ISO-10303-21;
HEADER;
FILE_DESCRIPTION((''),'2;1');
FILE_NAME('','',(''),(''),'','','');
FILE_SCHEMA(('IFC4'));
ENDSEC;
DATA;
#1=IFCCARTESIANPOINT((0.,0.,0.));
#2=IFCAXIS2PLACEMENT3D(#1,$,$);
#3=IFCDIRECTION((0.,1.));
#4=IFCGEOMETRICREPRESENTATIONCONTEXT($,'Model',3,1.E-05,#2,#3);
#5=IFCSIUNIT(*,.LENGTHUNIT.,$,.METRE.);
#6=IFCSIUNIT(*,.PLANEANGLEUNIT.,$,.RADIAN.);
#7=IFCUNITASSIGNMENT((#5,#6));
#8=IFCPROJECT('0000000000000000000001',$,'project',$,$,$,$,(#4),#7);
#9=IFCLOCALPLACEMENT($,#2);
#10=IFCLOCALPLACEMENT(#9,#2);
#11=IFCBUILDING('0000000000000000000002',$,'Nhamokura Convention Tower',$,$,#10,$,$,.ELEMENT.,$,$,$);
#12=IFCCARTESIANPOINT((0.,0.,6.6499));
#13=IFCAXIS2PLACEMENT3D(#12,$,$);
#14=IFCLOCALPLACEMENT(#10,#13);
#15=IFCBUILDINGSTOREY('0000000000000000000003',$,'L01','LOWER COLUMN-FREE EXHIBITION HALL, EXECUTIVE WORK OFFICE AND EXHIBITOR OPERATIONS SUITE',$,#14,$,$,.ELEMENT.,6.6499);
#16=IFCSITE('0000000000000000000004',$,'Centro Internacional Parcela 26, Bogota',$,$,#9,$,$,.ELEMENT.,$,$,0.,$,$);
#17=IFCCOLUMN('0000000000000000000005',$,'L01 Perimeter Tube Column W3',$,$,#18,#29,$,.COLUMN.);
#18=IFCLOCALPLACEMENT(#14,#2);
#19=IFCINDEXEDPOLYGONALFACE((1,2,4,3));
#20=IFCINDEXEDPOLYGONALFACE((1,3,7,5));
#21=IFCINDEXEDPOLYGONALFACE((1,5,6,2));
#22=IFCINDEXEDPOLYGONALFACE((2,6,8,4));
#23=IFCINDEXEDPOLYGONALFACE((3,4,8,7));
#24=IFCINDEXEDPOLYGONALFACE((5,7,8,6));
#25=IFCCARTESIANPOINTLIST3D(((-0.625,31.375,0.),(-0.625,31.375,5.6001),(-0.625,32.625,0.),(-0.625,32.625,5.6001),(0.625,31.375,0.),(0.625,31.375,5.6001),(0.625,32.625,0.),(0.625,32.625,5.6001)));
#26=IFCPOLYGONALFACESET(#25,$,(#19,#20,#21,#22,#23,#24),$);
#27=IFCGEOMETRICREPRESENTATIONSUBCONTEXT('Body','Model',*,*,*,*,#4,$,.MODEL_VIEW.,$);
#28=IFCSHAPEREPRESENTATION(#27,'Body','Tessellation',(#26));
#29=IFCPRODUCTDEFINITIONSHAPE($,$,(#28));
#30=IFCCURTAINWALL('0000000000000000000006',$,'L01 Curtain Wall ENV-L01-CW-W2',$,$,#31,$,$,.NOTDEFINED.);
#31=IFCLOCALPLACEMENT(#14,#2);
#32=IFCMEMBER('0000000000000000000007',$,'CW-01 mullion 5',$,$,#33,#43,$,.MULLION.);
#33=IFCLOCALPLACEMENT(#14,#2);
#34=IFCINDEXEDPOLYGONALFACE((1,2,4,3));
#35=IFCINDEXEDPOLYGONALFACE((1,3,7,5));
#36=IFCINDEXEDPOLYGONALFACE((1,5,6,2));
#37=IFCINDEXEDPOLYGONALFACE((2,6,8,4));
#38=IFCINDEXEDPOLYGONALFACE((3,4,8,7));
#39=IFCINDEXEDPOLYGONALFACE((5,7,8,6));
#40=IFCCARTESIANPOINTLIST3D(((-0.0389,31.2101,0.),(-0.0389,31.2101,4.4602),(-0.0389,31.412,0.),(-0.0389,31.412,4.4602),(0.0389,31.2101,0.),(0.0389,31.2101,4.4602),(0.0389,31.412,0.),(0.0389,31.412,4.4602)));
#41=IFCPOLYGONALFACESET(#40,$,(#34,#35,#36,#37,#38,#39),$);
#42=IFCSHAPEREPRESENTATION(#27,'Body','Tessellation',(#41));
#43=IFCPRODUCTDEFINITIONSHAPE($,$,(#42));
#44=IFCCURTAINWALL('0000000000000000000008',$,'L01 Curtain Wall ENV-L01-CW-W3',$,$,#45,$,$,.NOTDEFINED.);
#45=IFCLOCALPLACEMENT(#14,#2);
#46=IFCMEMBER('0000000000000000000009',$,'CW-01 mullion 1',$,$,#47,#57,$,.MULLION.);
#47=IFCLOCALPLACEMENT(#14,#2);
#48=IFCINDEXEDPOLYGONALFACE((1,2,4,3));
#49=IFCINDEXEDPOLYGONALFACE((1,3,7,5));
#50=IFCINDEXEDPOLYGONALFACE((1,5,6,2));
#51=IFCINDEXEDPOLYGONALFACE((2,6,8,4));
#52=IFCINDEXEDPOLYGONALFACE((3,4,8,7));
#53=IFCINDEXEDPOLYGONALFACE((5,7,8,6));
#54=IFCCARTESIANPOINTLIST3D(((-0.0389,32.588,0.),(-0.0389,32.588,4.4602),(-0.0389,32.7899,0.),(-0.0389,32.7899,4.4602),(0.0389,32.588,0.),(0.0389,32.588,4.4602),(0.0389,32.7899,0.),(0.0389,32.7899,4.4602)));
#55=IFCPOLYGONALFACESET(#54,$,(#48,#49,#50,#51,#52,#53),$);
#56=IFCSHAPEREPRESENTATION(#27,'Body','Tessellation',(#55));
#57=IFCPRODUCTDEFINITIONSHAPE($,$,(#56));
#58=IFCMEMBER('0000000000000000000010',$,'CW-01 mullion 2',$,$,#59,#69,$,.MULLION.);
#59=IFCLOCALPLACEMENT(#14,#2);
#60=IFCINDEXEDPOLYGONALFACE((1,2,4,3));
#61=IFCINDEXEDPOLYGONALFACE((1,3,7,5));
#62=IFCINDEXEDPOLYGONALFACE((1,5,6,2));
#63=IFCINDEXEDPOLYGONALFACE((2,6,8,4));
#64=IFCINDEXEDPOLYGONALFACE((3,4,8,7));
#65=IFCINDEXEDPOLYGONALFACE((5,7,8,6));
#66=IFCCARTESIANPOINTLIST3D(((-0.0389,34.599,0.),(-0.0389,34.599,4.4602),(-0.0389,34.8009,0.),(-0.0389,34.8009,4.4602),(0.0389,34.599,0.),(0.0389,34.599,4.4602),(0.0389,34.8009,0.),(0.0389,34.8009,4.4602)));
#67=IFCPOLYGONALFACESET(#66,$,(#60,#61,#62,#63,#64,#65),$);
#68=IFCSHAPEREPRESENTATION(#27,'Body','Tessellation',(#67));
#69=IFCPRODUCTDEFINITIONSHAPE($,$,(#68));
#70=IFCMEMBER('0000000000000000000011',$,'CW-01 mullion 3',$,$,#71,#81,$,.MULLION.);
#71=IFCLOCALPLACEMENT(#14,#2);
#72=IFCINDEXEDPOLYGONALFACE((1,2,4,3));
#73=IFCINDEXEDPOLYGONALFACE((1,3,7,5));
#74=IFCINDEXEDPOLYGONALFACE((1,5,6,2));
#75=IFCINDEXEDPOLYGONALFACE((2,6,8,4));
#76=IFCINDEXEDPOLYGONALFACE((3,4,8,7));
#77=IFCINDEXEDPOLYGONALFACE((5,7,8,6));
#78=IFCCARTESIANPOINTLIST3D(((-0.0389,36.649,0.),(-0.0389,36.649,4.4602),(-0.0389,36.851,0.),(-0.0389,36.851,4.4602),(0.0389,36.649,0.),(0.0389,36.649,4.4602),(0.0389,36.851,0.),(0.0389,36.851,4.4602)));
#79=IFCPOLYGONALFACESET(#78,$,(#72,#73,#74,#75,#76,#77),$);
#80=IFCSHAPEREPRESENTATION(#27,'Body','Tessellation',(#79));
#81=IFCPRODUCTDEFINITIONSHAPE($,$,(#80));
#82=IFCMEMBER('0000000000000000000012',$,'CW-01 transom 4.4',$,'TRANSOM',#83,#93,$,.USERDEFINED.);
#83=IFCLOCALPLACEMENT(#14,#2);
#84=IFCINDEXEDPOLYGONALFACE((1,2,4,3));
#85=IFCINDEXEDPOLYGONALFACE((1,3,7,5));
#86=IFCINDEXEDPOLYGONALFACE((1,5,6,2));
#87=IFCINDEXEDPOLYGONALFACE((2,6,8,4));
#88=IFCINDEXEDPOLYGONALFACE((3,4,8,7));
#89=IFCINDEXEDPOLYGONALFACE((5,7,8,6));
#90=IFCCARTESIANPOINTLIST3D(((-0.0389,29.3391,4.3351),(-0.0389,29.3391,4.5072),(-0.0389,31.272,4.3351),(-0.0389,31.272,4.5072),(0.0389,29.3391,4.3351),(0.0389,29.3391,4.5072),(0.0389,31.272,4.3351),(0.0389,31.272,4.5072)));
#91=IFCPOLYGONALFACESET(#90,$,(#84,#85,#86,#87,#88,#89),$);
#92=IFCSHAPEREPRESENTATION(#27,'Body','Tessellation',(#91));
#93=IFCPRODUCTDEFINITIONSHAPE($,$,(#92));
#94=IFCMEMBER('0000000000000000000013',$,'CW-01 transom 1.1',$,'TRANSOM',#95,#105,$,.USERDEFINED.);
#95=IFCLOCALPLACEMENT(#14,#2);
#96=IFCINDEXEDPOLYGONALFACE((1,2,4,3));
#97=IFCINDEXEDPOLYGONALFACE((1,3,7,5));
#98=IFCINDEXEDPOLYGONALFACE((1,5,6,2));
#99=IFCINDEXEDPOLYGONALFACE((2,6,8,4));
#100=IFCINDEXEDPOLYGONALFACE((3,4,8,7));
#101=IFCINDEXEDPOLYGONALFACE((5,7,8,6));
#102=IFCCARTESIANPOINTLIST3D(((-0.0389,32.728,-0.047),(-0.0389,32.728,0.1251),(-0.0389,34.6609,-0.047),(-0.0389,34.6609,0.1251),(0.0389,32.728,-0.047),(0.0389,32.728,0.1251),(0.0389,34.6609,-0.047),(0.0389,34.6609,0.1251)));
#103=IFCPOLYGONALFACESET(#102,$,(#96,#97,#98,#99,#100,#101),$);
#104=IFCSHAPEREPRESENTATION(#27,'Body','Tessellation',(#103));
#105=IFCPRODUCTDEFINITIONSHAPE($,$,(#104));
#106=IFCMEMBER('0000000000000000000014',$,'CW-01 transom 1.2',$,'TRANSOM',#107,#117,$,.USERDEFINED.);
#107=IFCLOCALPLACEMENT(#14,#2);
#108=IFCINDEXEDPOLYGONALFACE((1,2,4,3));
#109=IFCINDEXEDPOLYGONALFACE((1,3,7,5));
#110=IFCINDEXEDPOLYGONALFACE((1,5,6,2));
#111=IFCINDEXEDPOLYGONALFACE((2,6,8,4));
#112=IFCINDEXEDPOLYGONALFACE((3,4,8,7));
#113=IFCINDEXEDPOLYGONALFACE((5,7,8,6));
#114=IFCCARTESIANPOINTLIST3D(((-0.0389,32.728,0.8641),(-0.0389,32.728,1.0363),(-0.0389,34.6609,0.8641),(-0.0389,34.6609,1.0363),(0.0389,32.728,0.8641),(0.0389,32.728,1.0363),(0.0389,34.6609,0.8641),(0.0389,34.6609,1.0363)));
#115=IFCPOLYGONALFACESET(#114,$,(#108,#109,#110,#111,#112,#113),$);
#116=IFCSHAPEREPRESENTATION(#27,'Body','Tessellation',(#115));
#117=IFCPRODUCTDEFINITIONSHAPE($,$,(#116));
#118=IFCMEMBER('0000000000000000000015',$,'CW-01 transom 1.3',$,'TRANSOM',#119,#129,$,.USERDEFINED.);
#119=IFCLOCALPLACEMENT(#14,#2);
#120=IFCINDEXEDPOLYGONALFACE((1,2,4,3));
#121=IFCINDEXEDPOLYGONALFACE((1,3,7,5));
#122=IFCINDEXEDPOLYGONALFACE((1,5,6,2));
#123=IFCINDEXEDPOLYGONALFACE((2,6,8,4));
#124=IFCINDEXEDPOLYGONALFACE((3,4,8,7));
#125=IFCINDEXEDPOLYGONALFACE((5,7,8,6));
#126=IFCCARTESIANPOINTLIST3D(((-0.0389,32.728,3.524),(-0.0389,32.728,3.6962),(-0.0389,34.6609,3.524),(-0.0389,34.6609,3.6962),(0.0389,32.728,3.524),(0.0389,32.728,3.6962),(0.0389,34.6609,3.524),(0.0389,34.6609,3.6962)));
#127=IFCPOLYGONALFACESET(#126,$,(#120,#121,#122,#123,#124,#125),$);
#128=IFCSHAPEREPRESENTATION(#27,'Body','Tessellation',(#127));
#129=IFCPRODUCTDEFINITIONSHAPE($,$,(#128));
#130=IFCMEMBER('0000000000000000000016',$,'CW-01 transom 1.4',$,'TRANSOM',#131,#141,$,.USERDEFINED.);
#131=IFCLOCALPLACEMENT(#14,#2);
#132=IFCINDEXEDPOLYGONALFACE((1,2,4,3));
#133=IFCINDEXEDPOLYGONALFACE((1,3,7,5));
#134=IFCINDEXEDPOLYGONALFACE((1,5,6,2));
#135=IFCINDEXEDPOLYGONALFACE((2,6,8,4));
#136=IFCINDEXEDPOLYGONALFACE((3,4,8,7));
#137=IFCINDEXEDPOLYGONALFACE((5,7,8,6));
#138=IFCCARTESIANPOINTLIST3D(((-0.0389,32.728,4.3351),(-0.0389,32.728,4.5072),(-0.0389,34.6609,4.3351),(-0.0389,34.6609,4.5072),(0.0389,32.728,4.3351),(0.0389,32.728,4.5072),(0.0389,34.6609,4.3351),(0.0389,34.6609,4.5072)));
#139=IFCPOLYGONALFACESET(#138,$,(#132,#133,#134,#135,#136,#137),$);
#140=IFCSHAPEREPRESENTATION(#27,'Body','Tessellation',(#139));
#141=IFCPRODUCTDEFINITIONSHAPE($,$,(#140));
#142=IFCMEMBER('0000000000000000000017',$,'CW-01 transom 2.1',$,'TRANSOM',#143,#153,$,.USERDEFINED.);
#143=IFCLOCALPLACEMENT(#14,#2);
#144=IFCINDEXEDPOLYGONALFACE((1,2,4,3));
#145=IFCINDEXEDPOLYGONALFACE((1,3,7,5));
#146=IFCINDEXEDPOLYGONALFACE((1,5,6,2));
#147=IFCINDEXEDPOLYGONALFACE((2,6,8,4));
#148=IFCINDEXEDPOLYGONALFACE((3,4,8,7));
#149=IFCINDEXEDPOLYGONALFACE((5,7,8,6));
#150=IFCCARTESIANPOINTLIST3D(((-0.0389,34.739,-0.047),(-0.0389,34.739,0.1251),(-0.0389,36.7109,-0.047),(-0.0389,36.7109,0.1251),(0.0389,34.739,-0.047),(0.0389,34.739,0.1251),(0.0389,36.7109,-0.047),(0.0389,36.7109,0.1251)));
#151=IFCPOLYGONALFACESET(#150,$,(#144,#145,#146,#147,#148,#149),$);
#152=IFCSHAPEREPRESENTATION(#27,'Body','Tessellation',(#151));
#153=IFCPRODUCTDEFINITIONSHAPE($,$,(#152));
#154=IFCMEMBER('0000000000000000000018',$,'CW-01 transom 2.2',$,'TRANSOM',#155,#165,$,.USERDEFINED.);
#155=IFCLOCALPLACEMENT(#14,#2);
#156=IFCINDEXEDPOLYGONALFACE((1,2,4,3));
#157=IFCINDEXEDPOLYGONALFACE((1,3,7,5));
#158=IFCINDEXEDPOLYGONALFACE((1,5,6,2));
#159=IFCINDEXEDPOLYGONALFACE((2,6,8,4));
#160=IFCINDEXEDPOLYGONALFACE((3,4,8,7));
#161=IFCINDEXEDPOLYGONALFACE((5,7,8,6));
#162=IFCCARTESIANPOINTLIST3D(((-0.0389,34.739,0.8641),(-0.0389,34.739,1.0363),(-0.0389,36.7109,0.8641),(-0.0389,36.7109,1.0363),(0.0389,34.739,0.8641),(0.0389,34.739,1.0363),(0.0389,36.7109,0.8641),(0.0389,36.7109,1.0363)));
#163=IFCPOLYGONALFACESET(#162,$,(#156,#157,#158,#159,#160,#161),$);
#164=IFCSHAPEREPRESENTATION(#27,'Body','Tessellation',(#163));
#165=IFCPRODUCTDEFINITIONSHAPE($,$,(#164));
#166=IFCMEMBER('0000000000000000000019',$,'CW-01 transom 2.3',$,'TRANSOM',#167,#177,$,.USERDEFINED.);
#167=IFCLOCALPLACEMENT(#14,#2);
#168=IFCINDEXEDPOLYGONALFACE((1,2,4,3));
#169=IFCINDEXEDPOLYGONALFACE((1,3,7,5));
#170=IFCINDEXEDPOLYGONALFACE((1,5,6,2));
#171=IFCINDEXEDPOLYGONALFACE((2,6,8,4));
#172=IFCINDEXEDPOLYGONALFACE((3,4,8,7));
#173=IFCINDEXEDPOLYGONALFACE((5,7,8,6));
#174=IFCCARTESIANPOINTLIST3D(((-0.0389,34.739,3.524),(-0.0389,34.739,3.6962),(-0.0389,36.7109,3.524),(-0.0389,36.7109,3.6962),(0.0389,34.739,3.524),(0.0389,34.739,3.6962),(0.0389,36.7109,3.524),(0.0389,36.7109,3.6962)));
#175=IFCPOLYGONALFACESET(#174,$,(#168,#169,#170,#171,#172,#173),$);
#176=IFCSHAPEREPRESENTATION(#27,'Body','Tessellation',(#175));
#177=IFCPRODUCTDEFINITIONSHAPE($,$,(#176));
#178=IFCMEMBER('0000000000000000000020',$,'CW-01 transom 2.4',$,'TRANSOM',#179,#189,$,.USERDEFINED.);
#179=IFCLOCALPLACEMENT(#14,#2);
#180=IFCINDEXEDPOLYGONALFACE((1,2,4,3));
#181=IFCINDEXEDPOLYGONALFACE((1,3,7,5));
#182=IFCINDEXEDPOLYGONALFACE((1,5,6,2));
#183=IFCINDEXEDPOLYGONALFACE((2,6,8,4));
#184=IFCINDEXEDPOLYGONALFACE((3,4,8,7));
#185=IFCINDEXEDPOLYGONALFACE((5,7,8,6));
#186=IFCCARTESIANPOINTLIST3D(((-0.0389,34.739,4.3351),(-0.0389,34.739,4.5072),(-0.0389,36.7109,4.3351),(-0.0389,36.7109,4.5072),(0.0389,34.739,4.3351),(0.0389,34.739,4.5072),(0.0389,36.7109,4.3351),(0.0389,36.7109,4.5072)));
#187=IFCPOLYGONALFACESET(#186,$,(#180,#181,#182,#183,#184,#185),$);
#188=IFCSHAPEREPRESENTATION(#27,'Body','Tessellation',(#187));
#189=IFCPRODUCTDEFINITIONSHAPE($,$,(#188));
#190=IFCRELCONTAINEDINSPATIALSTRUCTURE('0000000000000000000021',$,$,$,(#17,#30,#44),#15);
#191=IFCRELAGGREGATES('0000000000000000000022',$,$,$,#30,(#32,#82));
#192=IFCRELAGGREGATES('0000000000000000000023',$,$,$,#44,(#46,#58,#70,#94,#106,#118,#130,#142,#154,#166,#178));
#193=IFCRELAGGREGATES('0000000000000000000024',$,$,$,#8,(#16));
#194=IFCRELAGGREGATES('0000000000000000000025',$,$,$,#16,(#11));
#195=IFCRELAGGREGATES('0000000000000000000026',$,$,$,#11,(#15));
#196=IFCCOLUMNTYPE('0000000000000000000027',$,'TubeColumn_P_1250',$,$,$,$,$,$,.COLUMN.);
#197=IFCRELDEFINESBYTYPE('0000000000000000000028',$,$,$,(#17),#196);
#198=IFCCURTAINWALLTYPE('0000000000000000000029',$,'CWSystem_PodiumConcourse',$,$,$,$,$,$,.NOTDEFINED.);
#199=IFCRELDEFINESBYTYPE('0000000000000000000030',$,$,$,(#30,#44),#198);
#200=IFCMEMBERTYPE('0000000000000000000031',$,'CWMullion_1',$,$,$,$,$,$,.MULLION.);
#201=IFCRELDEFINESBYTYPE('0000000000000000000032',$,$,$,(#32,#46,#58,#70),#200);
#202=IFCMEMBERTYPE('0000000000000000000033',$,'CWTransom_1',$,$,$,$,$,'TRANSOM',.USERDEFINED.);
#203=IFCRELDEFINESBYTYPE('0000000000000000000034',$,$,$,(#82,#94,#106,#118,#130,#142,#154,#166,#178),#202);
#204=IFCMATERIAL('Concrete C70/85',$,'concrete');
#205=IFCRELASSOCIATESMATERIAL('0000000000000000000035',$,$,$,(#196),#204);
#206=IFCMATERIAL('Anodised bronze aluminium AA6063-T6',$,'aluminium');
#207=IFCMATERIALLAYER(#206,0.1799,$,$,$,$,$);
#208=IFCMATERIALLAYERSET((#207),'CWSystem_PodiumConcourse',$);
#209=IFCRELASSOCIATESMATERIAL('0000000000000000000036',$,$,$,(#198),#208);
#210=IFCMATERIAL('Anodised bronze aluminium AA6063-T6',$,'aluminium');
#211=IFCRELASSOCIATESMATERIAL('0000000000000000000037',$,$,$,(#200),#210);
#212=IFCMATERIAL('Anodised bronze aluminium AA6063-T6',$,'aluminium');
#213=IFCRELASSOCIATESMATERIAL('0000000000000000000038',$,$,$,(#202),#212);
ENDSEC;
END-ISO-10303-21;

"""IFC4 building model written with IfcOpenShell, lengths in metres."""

from ifc_helpers import new_model, si_unit, direction, frame, origin, origin_2d, place, context, subcontext, project, spatial, rectangle, extrude, material, layer, layer_set, material_profile, profile_set, type_object, element, aggregate, save


model = new_model("IFC4")

# Units and contexts
model_context = context("Model", 3, precision=1e-05, world=origin(), true_north=direction((0.0, 1.0)))
body_context = subcontext(model_context, "Body", "Model", "MODEL_VIEW")
ifc_project = project(units=[si_unit("LENGTHUNIT", "METRE"), si_unit("PLANEANGLEUNIT", "RADIAN")], contexts=[model_context])

# Site, building, storey
site_placement = place(None, origin())
site = spatial("IfcSite", under=ifc_project, at=site_placement, Name="Centro Internacional Parcela 26, Bogota", CompositionType="ELEMENT", RefElevation=0.0)
building_placement = place(site_placement, origin())
building = spatial("IfcBuilding", under=site, at=building_placement, Name="Nhamokura Convention Tower", CompositionType="ELEMENT")
storey_placement = place(building_placement, frame((0.0, 0.0, 6.6499)))
storey = spatial("IfcBuildingStorey", under=building, at=storey_placement, Name="L01", Description="LOWER COLUMN-FREE EXHIBITION HALL, EXECUTIVE WORK OFFICE AND EXHIBITOR OPERATIONS SUITE", CompositionType="ELEMENT", Elevation=6.6499)

# Column
ifc_material_1 = material(Name="Concrete C70/85", Category="concrete")
ifc_material_profile_1 = material_profile(ifc_material_1, rectangle(XDim=1.25, YDim=1.25, at=origin_2d()))
ifc_profile_set_1 = profile_set([ifc_material_profile_1], Name="Concrete C70/85")
column_type = type_object("IfcColumnType", Name="TubeColumn_P_1250", PredefinedType="COLUMN", material=ifc_profile_set_1)
column_placement = place(storey_placement, frame((0.0, 32.0, 0.0), z_axis=(0.0, 0.0, 1.0), x_axis=(1.0, 0.0, 0.0)))
element("IfcColumn", 1, at=column_placement, inside=storey, type_object=column_type, Name="L01 Perimeter Tube Column W3", PredefinedType="COLUMN", context=body_context, shape_type="SweptSolid", body=[
    extrude(rectangle(XDim=1.25, YDim=1.25, at=origin_2d()), origin(), (0.0, 0.0, 1.0), 5.6001),
])

# Curtain wall, member
ifc_material_2 = material(Name="Anodised bronze aluminium AA6063-T6", Category="aluminium")
ifc_layer_1 = layer(ifc_material_2, 0.1799)
ifc_layer_set_1 = layer_set([ifc_layer_1], Name="CWSystem_PodiumConcourse")
curtain_wall_type = type_object("IfcCurtainWallType", Name="CWSystem_PodiumConcourse", PredefinedType="NOTDEFINED", material=ifc_layer_set_1)
curtain_wall_1_placement = place(storey_placement, origin())
curtain_wall_1 = element("IfcCurtainWall", 2, at=curtain_wall_1_placement, inside=storey, type_object=curtain_wall_type, Name="L01 Curtain Wall ENV-L01-CW-W2", PredefinedType="NOTDEFINED")
ifc_material_3 = material(Name="Anodised bronze aluminium AA6063-T6", Category="aluminium")
ifc_material_profile_2 = material_profile(ifc_material_3, rectangle(XDim=0.0779, YDim=0.2019, at=origin_2d()))
ifc_profile_set_2 = profile_set([ifc_material_profile_2], Name="Anodised bronze aluminium AA6063-T6")
member_type_1 = type_object("IfcMemberType", Name="CWMullion_1", PredefinedType="MULLION", material=ifc_profile_set_2)
member_1_placement = place(storey_placement, frame((0.0, 31.311, 0.0), z_axis=(0.0, 0.0, 1.0), x_axis=(-1.0, 0.0, 0.0)))
member_1 = element("IfcMember", 3, at=member_1_placement, type_object=member_type_1, Name="CW-01 mullion 5", PredefinedType="MULLION", context=body_context, shape_type="SweptSolid", body=[
    extrude(rectangle(XDim=0.0779, YDim=0.2019, at=origin_2d()), origin(), (0.0, 0.0, 1.0), 4.4602),
])

# Curtain wall, members
curtain_wall_2_placement = place(storey_placement, origin())
curtain_wall_2 = element("IfcCurtainWall", 4, at=curtain_wall_2_placement, inside=storey, type_object=curtain_wall_type, Name="L01 Curtain Wall ENV-L01-CW-W3", PredefinedType="NOTDEFINED")
member_2_placement = place(storey_placement, frame((0.0, 32.689, 0.0), z_axis=(0.0, 0.0, 1.0), x_axis=(-1.0, 0.0, 0.0)))
member_2 = element("IfcMember", 5, at=member_2_placement, type_object=member_type_1, Name="CW-01 mullion 1", PredefinedType="MULLION", context=body_context, shape_type="SweptSolid", body=[
    extrude(rectangle(XDim=0.0779, YDim=0.2019, at=origin_2d()), origin(), (0.0, 0.0, 1.0), 4.4602),
])
member_3_placement = place(storey_placement, frame((0.0, 34.7, 0.0), z_axis=(0.0, 0.0, 1.0), x_axis=(-1.0, 0.0, 0.0)))
member_3 = element("IfcMember", 6, at=member_3_placement, type_object=member_type_1, Name="CW-01 mullion 2", PredefinedType="MULLION", context=body_context, shape_type="SweptSolid", body=[
    extrude(rectangle(XDim=0.0779, YDim=0.2019, at=origin_2d()), origin(), (0.0, 0.0, 1.0), 4.4602),
])
member_4_placement = place(storey_placement, frame((0.0, 36.75, 0.0), z_axis=(0.0, 0.0, 1.0), x_axis=(-1.0, 0.0, 0.0)))
member_4 = element("IfcMember", 7, at=member_4_placement, type_object=member_type_1, Name="CW-01 mullion 3", PredefinedType="MULLION", context=body_context, shape_type="SweptSolid", body=[
    extrude(rectangle(XDim=0.0779, YDim=0.2019, at=origin_2d()), origin(), (0.0, 0.0, 1.0), 4.4602),
])

# Members
ifc_material_4 = material(Name="Anodised bronze aluminium AA6063-T6", Category="aluminium")
ifc_material_profile_3 = material_profile(ifc_material_4, rectangle(XDim=0.0779, YDim=0.1721, at=origin_2d()))
ifc_profile_set_3 = profile_set([ifc_material_profile_3], Name="Anodised bronze aluminium AA6063-T6")
member_type_2 = type_object("IfcMemberType", Name="CWTransom_1", ElementType="TRANSOM", PredefinedType="USERDEFINED", material=ifc_profile_set_3)
member_5_placement = place(storey_placement, frame((0.0, 29.3391, 4.4211), z_axis=(0.0, 1.0, 0.0), x_axis=(-1.0, 0.0, 0.0)))
member_5 = element("IfcMember", 8, at=member_5_placement, type_object=member_type_2, Name="CW-01 transom 4.4", ObjectType="TRANSOM", PredefinedType="USERDEFINED", context=body_context, shape_type="SweptSolid", body=[
    extrude(rectangle(XDim=0.0779, YDim=0.1721, at=origin_2d()), origin(), (0.0, 0.0, 1.0), 1.9329),
])
member_6_placement = place(storey_placement, frame((0.0, 32.728, 0.0391), z_axis=(0.0, 1.0, 0.0), x_axis=(-1.0, 0.0, 0.0)))
member_6 = element("IfcMember", 9, at=member_6_placement, type_object=member_type_2, Name="CW-01 transom 1.1", ObjectType="TRANSOM", PredefinedType="USERDEFINED", context=body_context, shape_type="SweptSolid", body=[
    extrude(rectangle(XDim=0.0779, YDim=0.1721, at=origin_2d()), origin(), (0.0, 0.0, 1.0), 1.9329),
])
member_7_placement = place(storey_placement, frame((0.0, 32.728, 0.9502), z_axis=(0.0, 1.0, 0.0), x_axis=(-1.0, 0.0, 0.0)))
member_7 = element("IfcMember", 10, at=member_7_placement, type_object=member_type_2, Name="CW-01 transom 1.2", ObjectType="TRANSOM", PredefinedType="USERDEFINED", context=body_context, shape_type="SweptSolid", body=[
    extrude(rectangle(XDim=0.0779, YDim=0.1721, at=origin_2d()), origin(), (0.0, 0.0, 1.0), 1.9329),
])
member_8_placement = place(storey_placement, frame((0.0, 32.728, 3.6101), z_axis=(0.0, 1.0, 0.0), x_axis=(-1.0, 0.0, 0.0)))
member_8 = element("IfcMember", 11, at=member_8_placement, type_object=member_type_2, Name="CW-01 transom 1.3", ObjectType="TRANSOM", PredefinedType="USERDEFINED", context=body_context, shape_type="SweptSolid", body=[
    extrude(rectangle(XDim=0.0779, YDim=0.1721, at=origin_2d()), origin(), (0.0, 0.0, 1.0), 1.9329),
])
member_9_placement = place(storey_placement, frame((0.0, 32.728, 4.4211), z_axis=(0.0, 1.0, 0.0), x_axis=(-1.0, 0.0, 0.0)))
member_9 = element("IfcMember", 12, at=member_9_placement, type_object=member_type_2, Name="CW-01 transom 1.4", ObjectType="TRANSOM", PredefinedType="USERDEFINED", context=body_context, shape_type="SweptSolid", body=[
    extrude(rectangle(XDim=0.0779, YDim=0.1721, at=origin_2d()), origin(), (0.0, 0.0, 1.0), 1.9329),
])
member_10_placement = place(storey_placement, frame((0.0, 34.739, 0.0391), z_axis=(0.0, 1.0, 0.0), x_axis=(-1.0, 0.0, 0.0)))
member_10 = element("IfcMember", 13, at=member_10_placement, type_object=member_type_2, Name="CW-01 transom 2.1", ObjectType="TRANSOM", PredefinedType="USERDEFINED", context=body_context, shape_type="SweptSolid", body=[
    extrude(rectangle(XDim=0.0779, YDim=0.1721, at=origin_2d()), origin(), (0.0, 0.0, 1.0), 1.9719),
])
member_11_placement = place(storey_placement, frame((0.0, 34.739, 0.9502), z_axis=(0.0, 1.0, 0.0), x_axis=(-1.0, 0.0, 0.0)))
member_11 = element("IfcMember", 14, at=member_11_placement, type_object=member_type_2, Name="CW-01 transom 2.2", ObjectType="TRANSOM", PredefinedType="USERDEFINED", context=body_context, shape_type="SweptSolid", body=[
    extrude(rectangle(XDim=0.0779, YDim=0.1721, at=origin_2d()), origin(), (0.0, 0.0, 1.0), 1.9719),
])
member_12_placement = place(storey_placement, frame((0.0, 34.739, 3.6101), z_axis=(0.0, 1.0, 0.0), x_axis=(-1.0, 0.0, 0.0)))
member_12 = element("IfcMember", 15, at=member_12_placement, type_object=member_type_2, Name="CW-01 transom 2.3", ObjectType="TRANSOM", PredefinedType="USERDEFINED", context=body_context, shape_type="SweptSolid", body=[
    extrude(rectangle(XDim=0.0779, YDim=0.1721, at=origin_2d()), origin(), (0.0, 0.0, 1.0), 1.9719),
])
member_13_placement = place(storey_placement, frame((0.0, 34.739, 4.4211), z_axis=(0.0, 1.0, 0.0), x_axis=(-1.0, 0.0, 0.0)))
member_13 = element("IfcMember", 16, at=member_13_placement, type_object=member_type_2, Name="CW-01 transom 2.4", ObjectType="TRANSOM", PredefinedType="USERDEFINED", context=body_context, shape_type="SweptSolid", body=[
    extrude(rectangle(XDim=0.0779, YDim=0.1721, at=origin_2d()), origin(), (0.0, 0.0, 1.0), 1.9719),
])

aggregate(curtain_wall_1, [member_1, member_5])
aggregate(curtain_wall_2, [member_2, member_3, member_4, member_6, member_7, member_8, member_9, member_10, member_11, member_12, member_13])

save(model, "model.ifc")
